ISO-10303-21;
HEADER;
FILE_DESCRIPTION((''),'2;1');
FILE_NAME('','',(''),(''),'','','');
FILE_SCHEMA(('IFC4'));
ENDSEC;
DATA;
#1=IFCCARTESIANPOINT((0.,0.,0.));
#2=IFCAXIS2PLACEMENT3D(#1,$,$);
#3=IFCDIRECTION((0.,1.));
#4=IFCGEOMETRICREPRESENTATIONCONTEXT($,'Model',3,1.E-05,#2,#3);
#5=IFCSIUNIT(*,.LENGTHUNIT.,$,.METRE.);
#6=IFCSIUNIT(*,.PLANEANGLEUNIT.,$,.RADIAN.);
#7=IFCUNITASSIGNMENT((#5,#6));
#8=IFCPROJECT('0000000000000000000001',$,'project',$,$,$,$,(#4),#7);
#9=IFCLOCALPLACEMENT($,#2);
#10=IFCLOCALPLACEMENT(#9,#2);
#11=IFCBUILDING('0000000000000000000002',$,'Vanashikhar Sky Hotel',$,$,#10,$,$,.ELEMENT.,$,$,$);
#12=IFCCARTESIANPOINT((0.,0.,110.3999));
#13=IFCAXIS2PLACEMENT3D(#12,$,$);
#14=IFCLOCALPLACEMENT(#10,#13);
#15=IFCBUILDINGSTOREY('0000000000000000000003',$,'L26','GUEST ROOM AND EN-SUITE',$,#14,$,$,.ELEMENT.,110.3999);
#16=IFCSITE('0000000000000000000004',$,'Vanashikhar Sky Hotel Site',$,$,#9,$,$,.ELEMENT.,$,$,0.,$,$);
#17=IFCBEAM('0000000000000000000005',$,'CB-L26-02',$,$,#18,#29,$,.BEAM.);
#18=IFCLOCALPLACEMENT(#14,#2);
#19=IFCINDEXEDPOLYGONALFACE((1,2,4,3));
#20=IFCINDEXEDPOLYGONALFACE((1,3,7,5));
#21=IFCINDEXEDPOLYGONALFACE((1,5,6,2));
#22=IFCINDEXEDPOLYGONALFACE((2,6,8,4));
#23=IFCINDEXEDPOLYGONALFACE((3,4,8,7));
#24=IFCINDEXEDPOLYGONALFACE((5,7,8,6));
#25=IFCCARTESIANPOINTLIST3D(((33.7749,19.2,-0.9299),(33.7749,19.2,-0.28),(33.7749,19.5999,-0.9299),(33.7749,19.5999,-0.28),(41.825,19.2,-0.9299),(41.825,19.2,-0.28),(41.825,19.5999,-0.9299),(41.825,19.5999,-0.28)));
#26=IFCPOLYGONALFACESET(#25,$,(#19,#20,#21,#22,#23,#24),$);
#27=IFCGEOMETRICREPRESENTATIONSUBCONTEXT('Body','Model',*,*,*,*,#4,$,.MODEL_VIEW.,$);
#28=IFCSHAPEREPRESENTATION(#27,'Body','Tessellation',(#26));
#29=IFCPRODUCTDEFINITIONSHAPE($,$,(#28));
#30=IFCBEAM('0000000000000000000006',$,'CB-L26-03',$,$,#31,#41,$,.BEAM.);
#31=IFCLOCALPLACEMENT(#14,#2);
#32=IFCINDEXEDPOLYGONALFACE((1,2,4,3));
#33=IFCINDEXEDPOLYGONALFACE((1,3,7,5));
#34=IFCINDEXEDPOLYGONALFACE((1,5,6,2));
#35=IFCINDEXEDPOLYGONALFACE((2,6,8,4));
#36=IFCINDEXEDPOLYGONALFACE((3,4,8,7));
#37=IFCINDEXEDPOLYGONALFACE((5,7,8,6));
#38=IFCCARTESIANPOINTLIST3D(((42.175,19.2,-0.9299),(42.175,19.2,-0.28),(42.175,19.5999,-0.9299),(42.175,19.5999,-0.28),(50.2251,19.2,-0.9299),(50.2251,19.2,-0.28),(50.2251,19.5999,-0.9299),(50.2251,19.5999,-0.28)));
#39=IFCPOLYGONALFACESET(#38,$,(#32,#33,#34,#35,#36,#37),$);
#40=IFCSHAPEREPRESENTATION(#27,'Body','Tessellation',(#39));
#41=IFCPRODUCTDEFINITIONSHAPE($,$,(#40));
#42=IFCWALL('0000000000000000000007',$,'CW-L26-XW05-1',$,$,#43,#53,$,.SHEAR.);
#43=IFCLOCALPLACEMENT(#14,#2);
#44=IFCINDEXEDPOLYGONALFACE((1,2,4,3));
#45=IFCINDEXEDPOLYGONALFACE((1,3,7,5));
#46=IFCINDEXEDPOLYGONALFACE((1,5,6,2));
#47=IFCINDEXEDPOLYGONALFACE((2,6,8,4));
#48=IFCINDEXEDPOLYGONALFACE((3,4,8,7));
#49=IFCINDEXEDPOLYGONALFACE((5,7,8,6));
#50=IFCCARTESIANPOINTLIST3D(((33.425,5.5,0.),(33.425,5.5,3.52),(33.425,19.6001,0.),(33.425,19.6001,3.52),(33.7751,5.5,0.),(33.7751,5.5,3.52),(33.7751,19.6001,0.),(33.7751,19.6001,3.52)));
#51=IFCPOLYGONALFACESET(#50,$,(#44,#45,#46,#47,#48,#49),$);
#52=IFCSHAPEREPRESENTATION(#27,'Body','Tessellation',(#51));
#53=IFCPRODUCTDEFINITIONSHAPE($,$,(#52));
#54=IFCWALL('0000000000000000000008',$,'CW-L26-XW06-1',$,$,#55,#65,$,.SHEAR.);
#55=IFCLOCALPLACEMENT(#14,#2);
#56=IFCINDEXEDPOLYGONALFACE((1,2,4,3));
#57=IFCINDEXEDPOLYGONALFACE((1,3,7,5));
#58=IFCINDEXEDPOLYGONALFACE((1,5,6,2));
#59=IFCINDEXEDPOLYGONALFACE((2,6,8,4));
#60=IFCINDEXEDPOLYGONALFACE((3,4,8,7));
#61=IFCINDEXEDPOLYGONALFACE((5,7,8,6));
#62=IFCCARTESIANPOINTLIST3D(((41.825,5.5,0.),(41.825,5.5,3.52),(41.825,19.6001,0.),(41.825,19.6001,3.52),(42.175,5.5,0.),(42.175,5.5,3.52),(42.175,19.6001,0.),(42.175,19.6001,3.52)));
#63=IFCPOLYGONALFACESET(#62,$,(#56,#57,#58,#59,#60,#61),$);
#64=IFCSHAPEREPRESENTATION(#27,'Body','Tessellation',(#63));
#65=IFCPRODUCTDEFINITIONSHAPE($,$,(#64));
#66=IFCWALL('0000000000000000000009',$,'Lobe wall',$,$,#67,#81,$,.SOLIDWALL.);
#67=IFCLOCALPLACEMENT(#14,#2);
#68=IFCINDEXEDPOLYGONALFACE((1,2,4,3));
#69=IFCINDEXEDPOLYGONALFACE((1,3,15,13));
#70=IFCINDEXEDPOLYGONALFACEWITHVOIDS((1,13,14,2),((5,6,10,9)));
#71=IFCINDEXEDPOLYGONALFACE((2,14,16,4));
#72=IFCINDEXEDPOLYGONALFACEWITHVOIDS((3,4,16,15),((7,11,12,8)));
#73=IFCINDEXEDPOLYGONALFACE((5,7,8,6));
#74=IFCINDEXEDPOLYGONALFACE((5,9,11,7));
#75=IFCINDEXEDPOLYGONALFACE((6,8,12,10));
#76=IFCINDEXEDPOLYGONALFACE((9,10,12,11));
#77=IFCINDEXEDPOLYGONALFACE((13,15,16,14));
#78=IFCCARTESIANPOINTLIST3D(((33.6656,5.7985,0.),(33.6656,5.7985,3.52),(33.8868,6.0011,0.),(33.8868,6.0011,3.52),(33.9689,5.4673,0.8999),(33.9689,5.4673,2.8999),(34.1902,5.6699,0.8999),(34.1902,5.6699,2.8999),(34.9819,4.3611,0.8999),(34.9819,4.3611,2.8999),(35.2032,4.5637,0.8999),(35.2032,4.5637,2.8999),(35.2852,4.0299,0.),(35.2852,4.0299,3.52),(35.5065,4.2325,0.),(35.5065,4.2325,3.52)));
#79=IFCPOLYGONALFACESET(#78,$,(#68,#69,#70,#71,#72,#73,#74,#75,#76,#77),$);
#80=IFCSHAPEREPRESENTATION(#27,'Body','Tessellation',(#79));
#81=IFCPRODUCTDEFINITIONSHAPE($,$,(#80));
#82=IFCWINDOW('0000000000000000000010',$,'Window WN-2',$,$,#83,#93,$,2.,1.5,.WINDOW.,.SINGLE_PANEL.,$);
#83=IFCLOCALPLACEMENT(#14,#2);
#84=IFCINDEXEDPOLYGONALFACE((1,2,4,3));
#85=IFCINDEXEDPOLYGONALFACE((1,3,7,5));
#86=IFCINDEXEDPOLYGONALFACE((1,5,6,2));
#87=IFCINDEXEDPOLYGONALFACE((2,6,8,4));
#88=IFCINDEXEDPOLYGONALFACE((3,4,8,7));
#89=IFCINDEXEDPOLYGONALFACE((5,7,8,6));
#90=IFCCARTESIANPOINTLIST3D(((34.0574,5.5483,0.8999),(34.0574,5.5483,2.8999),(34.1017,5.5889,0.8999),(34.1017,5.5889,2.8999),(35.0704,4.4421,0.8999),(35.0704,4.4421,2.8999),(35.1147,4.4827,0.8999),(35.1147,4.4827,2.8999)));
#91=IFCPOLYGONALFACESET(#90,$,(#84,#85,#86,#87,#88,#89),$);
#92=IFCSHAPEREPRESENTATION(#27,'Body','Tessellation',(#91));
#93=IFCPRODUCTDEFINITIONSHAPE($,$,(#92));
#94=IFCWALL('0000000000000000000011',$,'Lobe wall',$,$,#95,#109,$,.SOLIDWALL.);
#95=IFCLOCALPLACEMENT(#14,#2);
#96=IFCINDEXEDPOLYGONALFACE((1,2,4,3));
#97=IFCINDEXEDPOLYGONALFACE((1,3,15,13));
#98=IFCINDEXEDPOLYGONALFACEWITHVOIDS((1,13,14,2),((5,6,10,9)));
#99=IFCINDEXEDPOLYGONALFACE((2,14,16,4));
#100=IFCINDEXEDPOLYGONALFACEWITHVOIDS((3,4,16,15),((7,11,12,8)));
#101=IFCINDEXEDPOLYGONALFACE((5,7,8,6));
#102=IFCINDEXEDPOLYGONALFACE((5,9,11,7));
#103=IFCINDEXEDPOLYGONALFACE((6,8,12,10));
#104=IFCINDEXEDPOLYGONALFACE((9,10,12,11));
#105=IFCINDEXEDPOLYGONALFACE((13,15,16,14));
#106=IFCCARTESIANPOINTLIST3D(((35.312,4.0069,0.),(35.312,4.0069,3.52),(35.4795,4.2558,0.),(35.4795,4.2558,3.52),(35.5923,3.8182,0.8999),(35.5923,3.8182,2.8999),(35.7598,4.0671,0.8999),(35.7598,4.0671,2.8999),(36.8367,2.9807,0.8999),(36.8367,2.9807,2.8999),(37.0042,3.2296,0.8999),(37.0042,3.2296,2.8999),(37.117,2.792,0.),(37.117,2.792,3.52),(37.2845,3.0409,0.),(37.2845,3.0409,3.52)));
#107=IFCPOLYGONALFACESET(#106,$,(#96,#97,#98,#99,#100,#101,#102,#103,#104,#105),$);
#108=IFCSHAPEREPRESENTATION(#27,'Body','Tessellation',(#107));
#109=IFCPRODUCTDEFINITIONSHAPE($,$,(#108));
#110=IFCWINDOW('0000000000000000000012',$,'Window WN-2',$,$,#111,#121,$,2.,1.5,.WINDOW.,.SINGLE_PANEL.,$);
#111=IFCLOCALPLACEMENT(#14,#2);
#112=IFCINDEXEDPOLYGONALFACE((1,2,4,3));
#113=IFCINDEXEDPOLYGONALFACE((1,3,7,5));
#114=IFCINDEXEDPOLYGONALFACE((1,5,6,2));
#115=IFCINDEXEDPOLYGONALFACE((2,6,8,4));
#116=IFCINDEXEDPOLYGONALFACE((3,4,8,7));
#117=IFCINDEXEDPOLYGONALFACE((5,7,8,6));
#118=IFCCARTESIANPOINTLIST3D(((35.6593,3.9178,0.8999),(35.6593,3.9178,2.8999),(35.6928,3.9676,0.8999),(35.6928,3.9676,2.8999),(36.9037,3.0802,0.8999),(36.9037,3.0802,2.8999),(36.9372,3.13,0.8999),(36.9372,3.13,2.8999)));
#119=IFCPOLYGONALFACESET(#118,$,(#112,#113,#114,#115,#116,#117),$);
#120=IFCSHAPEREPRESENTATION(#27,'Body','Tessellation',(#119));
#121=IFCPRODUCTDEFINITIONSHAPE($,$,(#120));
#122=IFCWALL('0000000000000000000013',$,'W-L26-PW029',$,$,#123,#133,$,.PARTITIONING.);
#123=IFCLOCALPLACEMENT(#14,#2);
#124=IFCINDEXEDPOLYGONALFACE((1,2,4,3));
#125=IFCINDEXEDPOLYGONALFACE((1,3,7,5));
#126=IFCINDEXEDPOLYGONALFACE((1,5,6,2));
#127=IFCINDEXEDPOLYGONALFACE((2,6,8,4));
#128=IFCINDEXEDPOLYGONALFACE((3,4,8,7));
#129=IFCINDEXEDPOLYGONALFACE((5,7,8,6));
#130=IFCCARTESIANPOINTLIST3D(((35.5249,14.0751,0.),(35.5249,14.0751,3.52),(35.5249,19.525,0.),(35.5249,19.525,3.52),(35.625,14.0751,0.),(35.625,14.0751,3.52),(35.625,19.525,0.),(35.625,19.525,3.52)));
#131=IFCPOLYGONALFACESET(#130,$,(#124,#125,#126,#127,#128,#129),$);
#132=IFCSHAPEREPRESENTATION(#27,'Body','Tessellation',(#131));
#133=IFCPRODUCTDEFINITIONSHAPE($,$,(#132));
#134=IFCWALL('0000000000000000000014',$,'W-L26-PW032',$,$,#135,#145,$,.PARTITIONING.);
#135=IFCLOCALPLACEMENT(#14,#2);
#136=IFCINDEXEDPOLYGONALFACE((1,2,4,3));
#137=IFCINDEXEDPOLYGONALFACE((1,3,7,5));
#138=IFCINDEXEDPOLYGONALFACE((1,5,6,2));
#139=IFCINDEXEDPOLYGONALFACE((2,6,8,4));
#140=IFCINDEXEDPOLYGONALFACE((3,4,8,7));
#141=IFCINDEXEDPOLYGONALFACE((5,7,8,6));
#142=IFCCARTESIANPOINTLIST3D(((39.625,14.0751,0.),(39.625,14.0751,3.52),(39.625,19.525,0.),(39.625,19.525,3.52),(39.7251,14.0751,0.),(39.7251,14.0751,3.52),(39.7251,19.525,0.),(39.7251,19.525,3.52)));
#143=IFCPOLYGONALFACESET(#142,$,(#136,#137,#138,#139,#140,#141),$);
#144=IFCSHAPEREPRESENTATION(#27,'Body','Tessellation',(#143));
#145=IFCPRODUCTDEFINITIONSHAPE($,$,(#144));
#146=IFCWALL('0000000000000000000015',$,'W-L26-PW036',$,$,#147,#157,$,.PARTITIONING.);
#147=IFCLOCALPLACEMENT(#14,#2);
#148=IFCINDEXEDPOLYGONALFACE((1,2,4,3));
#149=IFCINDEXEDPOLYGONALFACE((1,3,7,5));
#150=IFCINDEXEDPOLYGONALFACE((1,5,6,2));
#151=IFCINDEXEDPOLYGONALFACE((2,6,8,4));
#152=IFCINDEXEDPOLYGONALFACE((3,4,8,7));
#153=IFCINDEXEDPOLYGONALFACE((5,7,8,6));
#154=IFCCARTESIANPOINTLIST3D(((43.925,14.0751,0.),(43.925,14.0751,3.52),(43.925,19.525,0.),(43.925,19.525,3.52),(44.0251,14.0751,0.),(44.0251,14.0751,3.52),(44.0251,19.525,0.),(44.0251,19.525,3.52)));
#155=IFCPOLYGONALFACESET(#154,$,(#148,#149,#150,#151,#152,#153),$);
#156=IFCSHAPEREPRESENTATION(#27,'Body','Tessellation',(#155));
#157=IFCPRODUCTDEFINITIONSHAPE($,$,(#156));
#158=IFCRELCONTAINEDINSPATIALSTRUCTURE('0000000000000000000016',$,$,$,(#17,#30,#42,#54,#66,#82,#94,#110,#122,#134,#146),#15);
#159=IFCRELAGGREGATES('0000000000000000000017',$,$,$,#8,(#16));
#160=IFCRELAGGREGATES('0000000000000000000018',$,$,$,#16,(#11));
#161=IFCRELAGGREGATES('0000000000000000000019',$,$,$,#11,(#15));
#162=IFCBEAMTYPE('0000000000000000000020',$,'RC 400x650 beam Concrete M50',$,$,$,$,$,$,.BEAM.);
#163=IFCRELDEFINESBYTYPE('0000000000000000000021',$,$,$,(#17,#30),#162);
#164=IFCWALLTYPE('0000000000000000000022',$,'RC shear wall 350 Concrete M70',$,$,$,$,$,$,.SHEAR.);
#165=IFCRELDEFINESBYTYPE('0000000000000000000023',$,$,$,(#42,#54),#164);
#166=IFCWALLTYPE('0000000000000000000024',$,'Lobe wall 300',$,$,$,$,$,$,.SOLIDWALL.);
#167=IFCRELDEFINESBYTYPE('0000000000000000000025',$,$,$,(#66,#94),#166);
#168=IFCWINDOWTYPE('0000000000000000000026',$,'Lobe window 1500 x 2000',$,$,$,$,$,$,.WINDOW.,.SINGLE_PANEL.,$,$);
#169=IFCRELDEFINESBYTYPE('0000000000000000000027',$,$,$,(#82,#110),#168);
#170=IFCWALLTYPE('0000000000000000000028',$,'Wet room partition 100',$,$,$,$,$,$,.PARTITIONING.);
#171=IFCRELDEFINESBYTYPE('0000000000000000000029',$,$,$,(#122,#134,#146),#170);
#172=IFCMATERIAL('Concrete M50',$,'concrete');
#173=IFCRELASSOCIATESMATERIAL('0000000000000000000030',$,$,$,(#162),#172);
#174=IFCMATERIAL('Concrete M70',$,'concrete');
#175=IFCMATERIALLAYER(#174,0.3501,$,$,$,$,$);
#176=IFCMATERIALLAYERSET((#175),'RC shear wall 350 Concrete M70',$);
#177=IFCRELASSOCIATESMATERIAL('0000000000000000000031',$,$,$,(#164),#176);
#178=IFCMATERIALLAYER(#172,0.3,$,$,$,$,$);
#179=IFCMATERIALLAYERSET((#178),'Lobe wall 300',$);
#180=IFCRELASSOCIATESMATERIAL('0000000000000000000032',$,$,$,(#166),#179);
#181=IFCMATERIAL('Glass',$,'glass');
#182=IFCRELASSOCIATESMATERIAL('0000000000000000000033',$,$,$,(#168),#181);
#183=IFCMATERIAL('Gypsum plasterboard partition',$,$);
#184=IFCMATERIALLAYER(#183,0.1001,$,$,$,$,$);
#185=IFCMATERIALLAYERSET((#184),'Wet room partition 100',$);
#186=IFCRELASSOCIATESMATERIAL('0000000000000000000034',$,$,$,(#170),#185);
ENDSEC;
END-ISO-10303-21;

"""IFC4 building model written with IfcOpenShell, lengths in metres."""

from ifc_helpers import new_model, si_unit, direction, frame, frame_2d, origin, origin_2d, place, context, subcontext, project, spatial, rectangle, extrude, source, transform, mapped, material, layer, layer_set, material_profile, profile_set, type_object, element, fill, save


model = new_model("IFC4")

# Units and contexts
model_context = context("Model", 3, precision=1e-05, world=origin(), true_north=direction((0.0, 1.0)))
body_context = subcontext(model_context, "Body", "Model", "MODEL_VIEW")
ifc_project = project(units=[si_unit("LENGTHUNIT", "METRE"), si_unit("PLANEANGLEUNIT", "RADIAN")], contexts=[model_context])

# Site, building, storey
site_placement = place(None, origin())
site = spatial("IfcSite", under=ifc_project, at=site_placement, Name="Vanashikhar Sky Hotel Site", CompositionType="ELEMENT", RefElevation=0.0)
building_placement = place(site_placement, origin())
building = spatial("IfcBuilding", under=site, at=building_placement, Name="Vanashikhar Sky Hotel", CompositionType="ELEMENT")
storey_placement = place(building_placement, frame((0.0, 0.0, 110.3999)))
storey = spatial("IfcBuildingStorey", under=building, at=storey_placement, Name="L26", Description="GUEST ROOM AND EN-SUITE", CompositionType="ELEMENT", Elevation=110.3999)

# Beams
ifc_material_1 = material(Name="Concrete M50", Category="concrete")
ifc_material_profile = material_profile(ifc_material_1, rectangle(XDim=0.3999, YDim=0.6499, at=origin_2d()))
ifc_profile_set = profile_set([ifc_material_profile], Name="RC 400x650 beam Concrete M50")
beam_type = type_object("IfcBeamType", Name="RC 400x650 beam Concrete M50", PredefinedType="BEAM", material=ifc_profile_set)
shared_shape_1 = source(origin(), body_context, "Body", "SweptSolid", [
    extrude(rectangle(XDim=0.3999, YDim=0.6499, at=origin_2d()), origin(), (0.0, 0.0, 1.0), 8.05),
])
for number, where, z_axis, x_axis, name in (
    (1, (33.7749, 19.3999, -0.605), (1.0, 0.0, 0.0), (0.0, 1.0, 0.0), "CB-L26-02"),
    (2, (42.175, 19.3999, -0.605), (1.0, 0.0, 0.0), (0.0, 1.0, 0.0), "CB-L26-03"),
):
    element("IfcBeam", number, at=place(storey_placement, frame(where, z_axis=z_axis, x_axis=x_axis)), inside=storey, type_object=beam_type, Name=name, PredefinedType="BEAM", context=body_context, shape_type="MappedRepresentation", body=[
        mapped(shared_shape_1, transform((0.0, 0.0, 0.0), scale=1.0)),
    ])

# Walls
ifc_material_2 = material(Name="Concrete M70", Category="concrete")
ifc_layer_1 = layer(ifc_material_2, 0.3501)
ifc_layer_set_1 = layer_set([ifc_layer_1], Name="RC shear wall 350 Concrete M70")
wall_type_1 = type_object("IfcWallType", Name="RC shear wall 350 Concrete M70", PredefinedType="SHEAR", material=ifc_layer_set_1)
shared_shape_2 = source(origin(), body_context, "Body", "SweptSolid", [
    extrude(rectangle(XDim=14.1001, YDim=0.3501, at=frame_2d((7.05, 0.0))), origin(), (0.0, 0.0, 1.0), 3.52),
])
for number, where, z_axis, x_axis, name in (
    (3, (33.6001, 5.5, 0.0), (0.0, 0.0, 1.0), (0.0, 1.0, 0.0), "CW-L26-XW05-1"),
    (4, (42.0, 5.5, 0.0), (0.0, 0.0, 1.0), (0.0, 1.0, 0.0), "CW-L26-XW06-1"),
):
    element("IfcWall", number, at=place(storey_placement, frame(where, z_axis=z_axis, x_axis=x_axis)), inside=storey, type_object=wall_type_1, Name=name, PredefinedType="SHEAR", context=body_context, shape_type="MappedRepresentation", body=[
        mapped(shared_shape_2, transform((0.0, 0.0, 0.0), scale=1.0)),
    ])

# Walls, openings, windows
ifc_layer_2 = layer(ifc_material_1, 0.3)
ifc_layer_set_2 = layer_set([ifc_layer_2], Name="Lobe wall 300")
wall_type_2 = type_object("IfcWallType", Name="Lobe wall 300", PredefinedType="SOLIDWALL", material=ifc_layer_set_2)
shared_shape_3 = source(origin(), body_context, "Body", "SweptSolid", [
    extrude(rectangle(XDim=2.3982, YDim=0.3, at=frame_2d((1.1992, 0.0))), origin(), (0.0, 0.0, 1.0), 3.52),
])
wall_1_placement = place(storey_placement, frame((33.7761, 5.8999, 0.0), z_axis=(0.0, 0.0, 1.0), x_axis=(0.675374, -0.737475, 0.0)))
wall_1 = element("IfcWall", 5, at=wall_1_placement, inside=storey, type_object=wall_type_2, Name="Lobe wall", PredefinedType="SOLIDWALL", context=body_context, shape_type="MappedRepresentation", body=[
    mapped(shared_shape_3, transform((0.0, 0.0, 0.0), scale=1.0)),
])
shared_shape_4 = source(origin(), body_context, "Body", "SweptSolid", [
    extrude(rectangle(XDim=1.5, YDim=2.0, at=frame_2d((0.75, 1.0))), frame((0.0, 0.1602, 0.0), z_axis=(0.0, -1.0, 0.0), x_axis=(1.0, 0.0, 0.0)), (0.0, 0.0, 1.0), 0.3201),
])
opening_1_placement = place(wall_1_placement, frame((0.4492, 0.0, 0.8999)))
opening_1 = element("IfcOpeningElement", 6, at=opening_1_placement, cuts=wall_1, PredefinedType="OPENING", context=body_context, shape_type="MappedRepresentation", body=[
    mapped(shared_shape_4, transform((0.0, 0.0, 0.0), scale=1.0)),
])
ifc_material_3 = material(Name="Glass", Category="glass")
window_type = type_object("IfcWindowType", Name="Lobe window 1500 x 2000", PartitioningType="SINGLE_PANEL", PredefinedType="WINDOW", material=ifc_material_3)
shared_shape_5 = source(origin(), body_context, "Body", "SweptSolid", [
    extrude(rectangle(XDim=1.5, YDim=2.0, at=frame_2d((0.75, 1.0))), frame((0.0, 0.03, 0.0), z_axis=(0.0, -1.0, 0.0), x_axis=(1.0, 0.0, 0.0)), (0.0, 0.0, 1.0), 0.0601),
])
window_1_placement = place(opening_1_placement, origin())
window_1 = element("IfcWindow", 7, at=window_1_placement, inside=storey, type_object=window_type, Name="Window WN-2", OverallHeight=2.0, OverallWidth=1.5, PartitioningType="SINGLE_PANEL", PredefinedType="WINDOW", context=body_context, shape_type="MappedRepresentation", body=[
    mapped(shared_shape_5, transform((0.0, 0.0, 0.0), scale=1.0)),
])
fill(opening_1, window_1)
shared_shape_6 = source(origin(), body_context, "Body", "SweptSolid", [
    extrude(rectangle(XDim=2.1758, YDim=0.3, at=frame_2d((1.0879, 0.0))), origin(), (0.0, 0.0, 1.0), 3.52),
])
wall_2_placement = place(storey_placement, frame((35.3958, 4.1313, 0.0), z_axis=(0.0, 0.0, 1.0), x_axis=(0.829591, -0.558372, 0.0)))
wall_2 = element("IfcWall", 8, at=wall_2_placement, inside=storey, type_object=wall_type_2, Name="Lobe wall", PredefinedType="SOLIDWALL", context=body_context, shape_type="MappedRepresentation", body=[
    mapped(shared_shape_6, transform((0.0, 0.0, 0.0), scale=1.0)),
])
opening_2_placement = place(wall_2_placement, frame((0.3379, 0.0, 0.8999)))
opening_2 = element("IfcOpeningElement", 9, at=opening_2_placement, cuts=wall_2, PredefinedType="OPENING", context=body_context, shape_type="MappedRepresentation", body=[
    mapped(shared_shape_4, transform((0.0, 0.0, 0.0), scale=1.0)),
])
window_2_placement = place(opening_2_placement, origin())
window_2 = element("IfcWindow", 10, at=window_2_placement, inside=storey, type_object=window_type, Name="Window WN-2", OverallHeight=2.0, OverallWidth=1.5, PartitioningType="SINGLE_PANEL", PredefinedType="WINDOW", context=body_context, shape_type="MappedRepresentation", body=[
    mapped(shared_shape_5, transform((0.0, 0.0, 0.0), scale=1.0)),
])
fill(opening_2, window_2)

# Walls
ifc_material_4 = material(Name="Gypsum plasterboard partition")
ifc_layer_3 = layer(ifc_material_4, 0.1001)
ifc_layer_set_3 = layer_set([ifc_layer_3], Name="Wet room partition 100")
wall_type_3 = type_object("IfcWallType", Name="Wet room partition 100", PredefinedType="PARTITIONING", material=ifc_layer_set_3)
shared_shape_7 = source(origin(), body_context, "Body", "SweptSolid", [
    extrude(rectangle(XDim=5.45, YDim=0.1001, at=frame_2d((2.7251, 0.0))), origin(), (0.0, 0.0, 1.0), 3.52),
])
for number, where, z_axis, x_axis, name in (
    (11, (35.575, 14.075, 0.0), (0.0, 0.0, 1.0), (0.0, 1.0, 0.0), "W-L26-PW029"),
    (12, (39.675, 14.075, 0.0), (0.0, 0.0, 1.0), (0.0, 1.0, 0.0), "W-L26-PW032"),
    (13, (43.9751, 14.075, 0.0), (0.0, 0.0, 1.0), (0.0, 1.0, 0.0), "W-L26-PW036"),
):
    element("IfcWall", number, at=place(storey_placement, frame(where, z_axis=z_axis, x_axis=x_axis)), inside=storey, type_object=wall_type_3, Name=name, PredefinedType="PARTITIONING", context=body_context, shape_type="MappedRepresentation", body=[
        mapped(shared_shape_7, transform((0.0, 0.0, 0.0), scale=1.0)),
    ])

save(model, "model.ifc")
